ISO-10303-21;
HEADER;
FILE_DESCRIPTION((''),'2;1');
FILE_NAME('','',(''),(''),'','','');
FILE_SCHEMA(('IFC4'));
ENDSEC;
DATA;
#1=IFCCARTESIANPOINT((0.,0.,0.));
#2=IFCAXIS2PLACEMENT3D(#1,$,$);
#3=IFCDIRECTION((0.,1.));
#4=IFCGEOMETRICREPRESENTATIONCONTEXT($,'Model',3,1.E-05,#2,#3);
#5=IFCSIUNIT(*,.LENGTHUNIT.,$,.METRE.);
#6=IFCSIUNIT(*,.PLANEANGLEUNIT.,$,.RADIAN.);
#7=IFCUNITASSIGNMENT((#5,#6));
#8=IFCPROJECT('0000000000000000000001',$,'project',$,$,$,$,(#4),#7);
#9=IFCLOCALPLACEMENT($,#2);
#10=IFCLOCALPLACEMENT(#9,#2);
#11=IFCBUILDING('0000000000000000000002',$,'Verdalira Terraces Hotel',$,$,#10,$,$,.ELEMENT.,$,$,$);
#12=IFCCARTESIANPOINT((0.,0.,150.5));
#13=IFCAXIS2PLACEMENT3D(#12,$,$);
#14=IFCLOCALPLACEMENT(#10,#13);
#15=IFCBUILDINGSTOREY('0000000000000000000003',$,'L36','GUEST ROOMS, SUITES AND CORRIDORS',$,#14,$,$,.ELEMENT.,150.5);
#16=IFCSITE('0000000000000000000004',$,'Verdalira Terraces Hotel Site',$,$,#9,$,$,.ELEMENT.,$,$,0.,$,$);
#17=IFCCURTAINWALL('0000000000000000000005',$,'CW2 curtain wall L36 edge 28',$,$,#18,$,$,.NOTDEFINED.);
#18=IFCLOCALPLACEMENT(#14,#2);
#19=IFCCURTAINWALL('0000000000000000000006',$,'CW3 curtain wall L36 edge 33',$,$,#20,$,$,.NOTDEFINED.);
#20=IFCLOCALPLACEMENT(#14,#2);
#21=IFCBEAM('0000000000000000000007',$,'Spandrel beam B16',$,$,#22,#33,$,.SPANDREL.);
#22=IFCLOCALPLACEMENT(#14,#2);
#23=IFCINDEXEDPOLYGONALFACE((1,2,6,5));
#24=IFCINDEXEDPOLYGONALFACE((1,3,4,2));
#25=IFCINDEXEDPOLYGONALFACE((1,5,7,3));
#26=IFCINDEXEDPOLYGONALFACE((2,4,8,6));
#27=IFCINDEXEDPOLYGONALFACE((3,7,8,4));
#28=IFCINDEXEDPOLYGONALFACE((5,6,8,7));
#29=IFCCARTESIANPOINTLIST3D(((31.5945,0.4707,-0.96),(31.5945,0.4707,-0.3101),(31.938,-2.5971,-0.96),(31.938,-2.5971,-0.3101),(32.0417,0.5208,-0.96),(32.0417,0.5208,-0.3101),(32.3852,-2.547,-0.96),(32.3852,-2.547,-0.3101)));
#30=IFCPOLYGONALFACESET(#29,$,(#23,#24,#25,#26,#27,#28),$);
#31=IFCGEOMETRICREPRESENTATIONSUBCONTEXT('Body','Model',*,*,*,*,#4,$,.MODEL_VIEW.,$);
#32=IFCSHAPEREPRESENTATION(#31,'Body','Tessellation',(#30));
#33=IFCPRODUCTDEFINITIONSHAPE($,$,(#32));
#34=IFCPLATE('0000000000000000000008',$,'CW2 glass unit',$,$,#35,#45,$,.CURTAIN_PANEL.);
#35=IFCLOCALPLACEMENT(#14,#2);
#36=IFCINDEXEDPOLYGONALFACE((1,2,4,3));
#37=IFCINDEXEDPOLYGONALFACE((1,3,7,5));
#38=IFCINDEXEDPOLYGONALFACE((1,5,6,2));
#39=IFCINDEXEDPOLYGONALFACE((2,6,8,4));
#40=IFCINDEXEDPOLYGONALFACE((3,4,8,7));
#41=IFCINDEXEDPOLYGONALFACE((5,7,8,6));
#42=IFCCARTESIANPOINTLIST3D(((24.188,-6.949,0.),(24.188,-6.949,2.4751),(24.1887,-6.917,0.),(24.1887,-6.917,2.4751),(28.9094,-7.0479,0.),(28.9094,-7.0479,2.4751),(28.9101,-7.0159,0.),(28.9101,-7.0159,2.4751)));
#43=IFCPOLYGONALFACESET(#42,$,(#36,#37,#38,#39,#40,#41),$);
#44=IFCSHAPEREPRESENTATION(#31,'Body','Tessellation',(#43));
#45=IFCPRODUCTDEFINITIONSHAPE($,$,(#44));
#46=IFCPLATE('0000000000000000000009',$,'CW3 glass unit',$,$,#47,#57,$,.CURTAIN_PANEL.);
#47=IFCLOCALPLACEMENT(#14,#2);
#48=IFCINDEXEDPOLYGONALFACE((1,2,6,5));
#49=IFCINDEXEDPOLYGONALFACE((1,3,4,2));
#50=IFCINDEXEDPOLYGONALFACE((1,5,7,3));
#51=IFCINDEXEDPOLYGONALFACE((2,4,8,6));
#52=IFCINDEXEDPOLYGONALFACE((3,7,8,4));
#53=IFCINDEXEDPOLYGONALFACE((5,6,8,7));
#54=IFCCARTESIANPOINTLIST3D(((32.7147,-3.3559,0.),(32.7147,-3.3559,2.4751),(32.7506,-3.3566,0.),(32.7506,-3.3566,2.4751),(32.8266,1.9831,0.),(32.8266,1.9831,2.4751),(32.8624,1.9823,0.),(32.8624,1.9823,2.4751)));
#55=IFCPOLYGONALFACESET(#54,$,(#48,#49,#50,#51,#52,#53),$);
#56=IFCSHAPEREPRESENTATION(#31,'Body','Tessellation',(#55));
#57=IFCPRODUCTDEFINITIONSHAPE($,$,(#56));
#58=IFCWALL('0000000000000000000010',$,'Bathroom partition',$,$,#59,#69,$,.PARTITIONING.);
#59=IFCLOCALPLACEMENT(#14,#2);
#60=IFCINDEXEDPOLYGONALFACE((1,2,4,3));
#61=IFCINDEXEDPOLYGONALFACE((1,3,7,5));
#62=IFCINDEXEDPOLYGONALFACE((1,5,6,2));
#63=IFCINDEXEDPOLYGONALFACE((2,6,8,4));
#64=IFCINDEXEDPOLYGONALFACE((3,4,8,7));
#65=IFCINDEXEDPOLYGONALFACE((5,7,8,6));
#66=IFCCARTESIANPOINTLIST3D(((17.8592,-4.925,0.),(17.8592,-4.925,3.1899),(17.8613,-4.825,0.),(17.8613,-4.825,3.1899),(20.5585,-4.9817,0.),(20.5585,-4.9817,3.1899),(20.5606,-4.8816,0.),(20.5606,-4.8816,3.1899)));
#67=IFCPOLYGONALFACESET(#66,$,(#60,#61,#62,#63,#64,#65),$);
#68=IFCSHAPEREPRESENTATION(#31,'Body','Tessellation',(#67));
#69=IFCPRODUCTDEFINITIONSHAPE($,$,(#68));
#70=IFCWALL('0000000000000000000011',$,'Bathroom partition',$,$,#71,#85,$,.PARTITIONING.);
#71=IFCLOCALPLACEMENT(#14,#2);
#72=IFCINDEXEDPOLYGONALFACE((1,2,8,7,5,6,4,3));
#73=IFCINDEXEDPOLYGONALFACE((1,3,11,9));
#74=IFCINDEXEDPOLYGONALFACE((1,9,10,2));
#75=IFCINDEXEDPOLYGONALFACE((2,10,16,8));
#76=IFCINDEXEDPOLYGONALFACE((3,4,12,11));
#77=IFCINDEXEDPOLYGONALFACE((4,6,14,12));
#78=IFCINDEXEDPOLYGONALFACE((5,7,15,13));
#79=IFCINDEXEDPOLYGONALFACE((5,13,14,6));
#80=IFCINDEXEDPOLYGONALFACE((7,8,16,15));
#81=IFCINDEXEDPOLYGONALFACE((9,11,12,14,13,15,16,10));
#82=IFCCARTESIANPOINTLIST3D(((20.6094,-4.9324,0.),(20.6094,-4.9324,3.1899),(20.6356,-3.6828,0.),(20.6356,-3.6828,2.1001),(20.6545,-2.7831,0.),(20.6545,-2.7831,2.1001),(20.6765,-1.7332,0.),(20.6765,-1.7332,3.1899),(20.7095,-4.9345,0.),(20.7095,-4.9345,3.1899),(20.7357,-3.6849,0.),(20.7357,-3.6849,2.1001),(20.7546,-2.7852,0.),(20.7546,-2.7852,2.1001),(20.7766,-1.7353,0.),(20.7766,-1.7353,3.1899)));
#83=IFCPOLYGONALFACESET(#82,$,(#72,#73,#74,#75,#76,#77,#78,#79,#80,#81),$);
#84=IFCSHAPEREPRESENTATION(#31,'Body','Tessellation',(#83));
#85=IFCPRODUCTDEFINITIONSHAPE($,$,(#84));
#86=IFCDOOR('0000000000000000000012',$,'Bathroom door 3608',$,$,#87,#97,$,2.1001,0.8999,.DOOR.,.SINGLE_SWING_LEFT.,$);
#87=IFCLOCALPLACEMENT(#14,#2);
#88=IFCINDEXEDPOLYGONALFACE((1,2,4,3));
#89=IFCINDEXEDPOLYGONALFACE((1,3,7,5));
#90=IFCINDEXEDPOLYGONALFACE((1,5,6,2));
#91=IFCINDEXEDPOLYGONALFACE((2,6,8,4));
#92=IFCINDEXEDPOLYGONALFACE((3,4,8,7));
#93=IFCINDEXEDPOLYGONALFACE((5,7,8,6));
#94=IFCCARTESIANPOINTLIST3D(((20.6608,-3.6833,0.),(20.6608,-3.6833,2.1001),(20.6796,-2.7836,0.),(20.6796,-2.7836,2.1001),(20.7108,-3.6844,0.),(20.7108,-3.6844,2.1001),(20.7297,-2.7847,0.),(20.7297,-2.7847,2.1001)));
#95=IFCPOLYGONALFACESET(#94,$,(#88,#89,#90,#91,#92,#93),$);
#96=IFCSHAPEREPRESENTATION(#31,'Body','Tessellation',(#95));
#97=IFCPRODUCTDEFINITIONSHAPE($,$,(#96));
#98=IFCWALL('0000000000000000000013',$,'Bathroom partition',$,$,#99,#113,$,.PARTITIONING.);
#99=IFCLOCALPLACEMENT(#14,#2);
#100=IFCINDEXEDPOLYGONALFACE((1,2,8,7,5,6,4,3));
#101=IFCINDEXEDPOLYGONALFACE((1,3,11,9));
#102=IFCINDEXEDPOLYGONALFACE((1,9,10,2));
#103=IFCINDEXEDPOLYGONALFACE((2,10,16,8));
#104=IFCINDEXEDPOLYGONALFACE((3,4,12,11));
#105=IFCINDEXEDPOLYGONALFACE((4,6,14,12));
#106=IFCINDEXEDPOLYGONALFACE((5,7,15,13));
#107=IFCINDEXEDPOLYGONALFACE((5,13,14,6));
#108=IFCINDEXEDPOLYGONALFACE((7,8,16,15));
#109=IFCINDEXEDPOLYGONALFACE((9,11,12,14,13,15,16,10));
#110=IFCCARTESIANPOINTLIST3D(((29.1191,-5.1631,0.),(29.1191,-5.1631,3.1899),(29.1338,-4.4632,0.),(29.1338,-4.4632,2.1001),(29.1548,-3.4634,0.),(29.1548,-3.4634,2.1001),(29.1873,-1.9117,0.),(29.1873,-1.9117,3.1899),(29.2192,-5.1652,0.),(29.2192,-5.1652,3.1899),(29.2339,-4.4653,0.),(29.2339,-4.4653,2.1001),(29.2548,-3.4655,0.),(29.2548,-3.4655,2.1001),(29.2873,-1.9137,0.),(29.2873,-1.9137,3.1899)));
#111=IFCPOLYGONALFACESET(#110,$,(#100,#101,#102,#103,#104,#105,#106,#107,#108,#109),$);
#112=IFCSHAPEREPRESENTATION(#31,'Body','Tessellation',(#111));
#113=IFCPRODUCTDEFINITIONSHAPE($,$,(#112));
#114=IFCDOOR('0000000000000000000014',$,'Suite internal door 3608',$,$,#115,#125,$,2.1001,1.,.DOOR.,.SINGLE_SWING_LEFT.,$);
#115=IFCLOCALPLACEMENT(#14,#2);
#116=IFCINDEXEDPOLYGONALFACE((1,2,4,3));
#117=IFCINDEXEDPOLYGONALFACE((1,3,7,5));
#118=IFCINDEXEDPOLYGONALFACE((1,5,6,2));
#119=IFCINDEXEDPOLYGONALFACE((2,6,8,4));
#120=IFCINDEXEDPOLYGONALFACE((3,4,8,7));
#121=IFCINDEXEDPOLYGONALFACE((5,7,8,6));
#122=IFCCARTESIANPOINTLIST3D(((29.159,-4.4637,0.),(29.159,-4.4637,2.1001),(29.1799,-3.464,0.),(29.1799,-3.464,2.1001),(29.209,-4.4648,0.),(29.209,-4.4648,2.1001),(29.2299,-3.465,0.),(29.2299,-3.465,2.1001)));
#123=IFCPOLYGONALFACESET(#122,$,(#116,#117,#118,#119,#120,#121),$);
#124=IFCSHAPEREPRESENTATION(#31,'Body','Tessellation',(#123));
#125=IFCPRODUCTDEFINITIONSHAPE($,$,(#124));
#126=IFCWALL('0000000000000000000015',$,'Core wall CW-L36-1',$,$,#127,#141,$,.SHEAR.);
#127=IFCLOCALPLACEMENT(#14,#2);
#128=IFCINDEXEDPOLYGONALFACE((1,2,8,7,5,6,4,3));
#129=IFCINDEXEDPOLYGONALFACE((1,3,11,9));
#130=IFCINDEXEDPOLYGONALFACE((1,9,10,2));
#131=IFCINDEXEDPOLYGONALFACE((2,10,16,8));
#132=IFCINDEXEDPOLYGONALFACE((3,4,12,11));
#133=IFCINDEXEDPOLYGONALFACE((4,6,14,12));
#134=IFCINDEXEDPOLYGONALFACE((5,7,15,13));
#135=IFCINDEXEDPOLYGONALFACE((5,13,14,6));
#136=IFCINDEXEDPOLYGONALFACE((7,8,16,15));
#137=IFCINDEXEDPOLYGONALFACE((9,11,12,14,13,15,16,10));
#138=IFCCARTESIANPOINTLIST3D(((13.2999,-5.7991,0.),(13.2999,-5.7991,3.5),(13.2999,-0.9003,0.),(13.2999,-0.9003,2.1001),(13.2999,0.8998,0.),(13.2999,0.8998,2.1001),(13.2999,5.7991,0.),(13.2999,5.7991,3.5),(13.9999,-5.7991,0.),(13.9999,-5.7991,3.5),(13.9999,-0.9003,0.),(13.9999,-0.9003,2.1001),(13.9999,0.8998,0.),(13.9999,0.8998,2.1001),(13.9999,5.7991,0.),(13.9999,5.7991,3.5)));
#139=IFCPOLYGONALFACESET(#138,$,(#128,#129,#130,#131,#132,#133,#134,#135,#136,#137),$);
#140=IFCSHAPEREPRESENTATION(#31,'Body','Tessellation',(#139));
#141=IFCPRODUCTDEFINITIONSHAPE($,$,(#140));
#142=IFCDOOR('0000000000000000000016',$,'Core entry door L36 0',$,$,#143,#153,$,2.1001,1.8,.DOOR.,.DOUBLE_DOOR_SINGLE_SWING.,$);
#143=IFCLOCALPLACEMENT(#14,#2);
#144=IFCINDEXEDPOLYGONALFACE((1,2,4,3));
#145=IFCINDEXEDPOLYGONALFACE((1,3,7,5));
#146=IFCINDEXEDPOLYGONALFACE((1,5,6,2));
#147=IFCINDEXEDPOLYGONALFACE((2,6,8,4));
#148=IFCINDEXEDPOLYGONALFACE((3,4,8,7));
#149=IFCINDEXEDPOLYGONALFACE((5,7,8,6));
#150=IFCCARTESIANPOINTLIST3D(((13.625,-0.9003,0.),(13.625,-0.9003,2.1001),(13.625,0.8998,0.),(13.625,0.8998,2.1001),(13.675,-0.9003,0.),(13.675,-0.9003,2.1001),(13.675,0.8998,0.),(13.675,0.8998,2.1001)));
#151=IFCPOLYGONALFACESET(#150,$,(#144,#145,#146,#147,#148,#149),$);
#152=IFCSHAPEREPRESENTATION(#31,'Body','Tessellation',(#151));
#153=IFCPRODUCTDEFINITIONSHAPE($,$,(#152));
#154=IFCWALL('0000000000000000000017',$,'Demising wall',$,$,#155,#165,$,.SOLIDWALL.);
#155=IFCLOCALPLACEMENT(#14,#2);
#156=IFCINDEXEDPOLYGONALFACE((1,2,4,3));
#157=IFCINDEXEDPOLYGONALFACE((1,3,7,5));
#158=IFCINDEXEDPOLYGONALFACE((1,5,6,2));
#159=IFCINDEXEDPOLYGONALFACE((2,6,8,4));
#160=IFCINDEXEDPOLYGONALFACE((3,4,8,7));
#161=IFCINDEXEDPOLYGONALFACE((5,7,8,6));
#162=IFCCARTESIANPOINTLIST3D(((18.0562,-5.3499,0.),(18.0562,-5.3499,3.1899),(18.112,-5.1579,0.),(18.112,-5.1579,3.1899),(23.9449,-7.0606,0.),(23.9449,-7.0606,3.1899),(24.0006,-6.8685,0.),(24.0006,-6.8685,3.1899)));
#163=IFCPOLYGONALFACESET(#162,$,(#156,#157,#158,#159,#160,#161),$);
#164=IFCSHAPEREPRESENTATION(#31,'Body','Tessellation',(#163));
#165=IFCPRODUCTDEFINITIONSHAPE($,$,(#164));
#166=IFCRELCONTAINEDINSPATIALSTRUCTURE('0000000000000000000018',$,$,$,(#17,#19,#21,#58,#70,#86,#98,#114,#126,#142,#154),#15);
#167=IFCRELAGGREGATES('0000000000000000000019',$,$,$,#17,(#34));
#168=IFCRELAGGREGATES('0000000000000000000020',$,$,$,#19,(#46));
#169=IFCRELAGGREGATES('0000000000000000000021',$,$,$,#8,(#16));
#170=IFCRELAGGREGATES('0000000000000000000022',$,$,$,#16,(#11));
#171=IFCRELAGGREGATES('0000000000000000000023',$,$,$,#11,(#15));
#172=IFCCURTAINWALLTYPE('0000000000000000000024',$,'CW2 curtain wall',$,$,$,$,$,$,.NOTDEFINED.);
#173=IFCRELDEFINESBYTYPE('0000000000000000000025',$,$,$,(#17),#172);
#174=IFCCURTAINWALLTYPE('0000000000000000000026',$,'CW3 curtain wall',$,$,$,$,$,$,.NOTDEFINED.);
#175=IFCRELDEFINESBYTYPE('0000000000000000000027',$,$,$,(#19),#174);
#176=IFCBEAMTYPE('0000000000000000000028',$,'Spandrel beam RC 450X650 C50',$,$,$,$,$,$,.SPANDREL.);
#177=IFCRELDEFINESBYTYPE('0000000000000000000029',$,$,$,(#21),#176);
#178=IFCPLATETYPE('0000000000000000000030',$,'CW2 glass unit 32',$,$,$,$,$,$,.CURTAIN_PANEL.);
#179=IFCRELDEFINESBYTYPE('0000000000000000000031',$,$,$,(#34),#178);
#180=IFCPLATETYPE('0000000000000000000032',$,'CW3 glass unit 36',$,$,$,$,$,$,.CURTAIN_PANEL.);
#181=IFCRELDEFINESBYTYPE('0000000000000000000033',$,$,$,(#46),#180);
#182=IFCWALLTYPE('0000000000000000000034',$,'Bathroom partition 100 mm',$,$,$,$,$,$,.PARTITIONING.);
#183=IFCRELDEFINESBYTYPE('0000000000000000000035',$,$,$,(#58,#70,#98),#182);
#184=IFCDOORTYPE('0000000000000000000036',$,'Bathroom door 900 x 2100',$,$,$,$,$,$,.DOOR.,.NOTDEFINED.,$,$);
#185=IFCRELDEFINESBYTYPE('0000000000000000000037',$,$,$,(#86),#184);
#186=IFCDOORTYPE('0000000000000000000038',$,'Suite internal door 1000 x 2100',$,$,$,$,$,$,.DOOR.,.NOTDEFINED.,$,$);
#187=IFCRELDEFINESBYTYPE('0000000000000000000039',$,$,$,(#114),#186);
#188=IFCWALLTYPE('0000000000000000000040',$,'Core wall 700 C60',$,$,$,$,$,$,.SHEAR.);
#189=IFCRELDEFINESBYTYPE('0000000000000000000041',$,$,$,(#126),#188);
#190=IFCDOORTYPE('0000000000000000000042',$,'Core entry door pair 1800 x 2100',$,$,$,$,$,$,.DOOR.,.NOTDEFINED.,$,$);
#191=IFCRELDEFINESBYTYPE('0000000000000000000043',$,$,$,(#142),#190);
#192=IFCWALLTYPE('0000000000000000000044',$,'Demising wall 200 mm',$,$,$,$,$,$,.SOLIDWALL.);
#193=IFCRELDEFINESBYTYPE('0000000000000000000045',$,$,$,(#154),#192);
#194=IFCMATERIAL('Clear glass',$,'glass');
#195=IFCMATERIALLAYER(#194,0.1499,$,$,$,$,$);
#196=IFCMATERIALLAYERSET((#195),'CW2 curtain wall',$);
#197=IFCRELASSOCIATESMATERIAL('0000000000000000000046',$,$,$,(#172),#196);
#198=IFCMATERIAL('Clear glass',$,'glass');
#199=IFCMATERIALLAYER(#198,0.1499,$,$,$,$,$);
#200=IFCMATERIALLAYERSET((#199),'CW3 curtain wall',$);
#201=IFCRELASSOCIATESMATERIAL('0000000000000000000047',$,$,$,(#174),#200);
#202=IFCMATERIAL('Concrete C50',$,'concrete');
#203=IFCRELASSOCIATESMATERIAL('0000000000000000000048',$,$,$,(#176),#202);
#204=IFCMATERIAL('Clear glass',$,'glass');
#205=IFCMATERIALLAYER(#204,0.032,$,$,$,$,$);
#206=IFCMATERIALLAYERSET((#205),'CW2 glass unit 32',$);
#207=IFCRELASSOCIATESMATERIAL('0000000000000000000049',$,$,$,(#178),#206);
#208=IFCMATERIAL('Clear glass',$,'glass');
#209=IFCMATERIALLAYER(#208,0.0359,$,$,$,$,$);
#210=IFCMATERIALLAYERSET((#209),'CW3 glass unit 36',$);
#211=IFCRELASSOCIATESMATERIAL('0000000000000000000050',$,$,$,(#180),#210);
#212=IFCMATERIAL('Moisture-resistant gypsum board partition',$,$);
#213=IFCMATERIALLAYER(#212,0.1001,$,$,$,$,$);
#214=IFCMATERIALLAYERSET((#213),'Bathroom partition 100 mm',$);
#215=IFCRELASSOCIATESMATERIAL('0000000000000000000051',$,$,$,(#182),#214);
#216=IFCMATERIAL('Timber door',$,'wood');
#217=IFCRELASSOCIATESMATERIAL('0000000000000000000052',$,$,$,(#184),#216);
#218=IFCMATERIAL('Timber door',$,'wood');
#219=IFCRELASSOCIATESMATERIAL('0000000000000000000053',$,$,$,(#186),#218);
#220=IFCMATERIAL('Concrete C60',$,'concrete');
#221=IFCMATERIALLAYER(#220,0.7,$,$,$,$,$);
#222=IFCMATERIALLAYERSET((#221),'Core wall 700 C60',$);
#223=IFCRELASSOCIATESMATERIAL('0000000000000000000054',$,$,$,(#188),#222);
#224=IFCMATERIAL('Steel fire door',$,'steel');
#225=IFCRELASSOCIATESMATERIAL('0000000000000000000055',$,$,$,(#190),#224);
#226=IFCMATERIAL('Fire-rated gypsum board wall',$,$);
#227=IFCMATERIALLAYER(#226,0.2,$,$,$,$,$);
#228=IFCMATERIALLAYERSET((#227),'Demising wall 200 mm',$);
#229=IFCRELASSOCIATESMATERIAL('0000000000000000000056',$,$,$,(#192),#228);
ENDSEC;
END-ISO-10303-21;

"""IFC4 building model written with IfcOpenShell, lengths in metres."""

from ifc_helpers import new_model, si_unit, direction, frame, frame_2d, origin, origin_2d, place, context, subcontext, project, spatial, rectangle, extrude, material, layer, layer_set, material_profile, profile_set, type_object, element, fill, aggregate, save


model = new_model("IFC4")

# Units and contexts
model_context = context("Model", 3, precision=1e-05, world=origin(), true_north=direction((0.0, 1.0)))
body_context = subcontext(model_context, "Body", "Model", "MODEL_VIEW")
ifc_project = project(units=[si_unit("LENGTHUNIT", "METRE"), si_unit("PLANEANGLEUNIT", "RADIAN")], contexts=[model_context])

# Site, building, storey
site_placement = place(None, origin())
site = spatial("IfcSite", under=ifc_project, at=site_placement, Name="Verdalira Terraces Hotel Site", CompositionType="ELEMENT", RefElevation=0.0)
building_placement = place(site_placement, origin())
building = spatial("IfcBuilding", under=site, at=building_placement, Name="Verdalira Terraces Hotel", CompositionType="ELEMENT")
storey_placement = place(building_placement, frame((0.0, 0.0, 150.5)))
storey = spatial("IfcBuildingStorey", under=building, at=storey_placement, Name="L36", Description="GUEST ROOMS, SUITES AND CORRIDORS", CompositionType="ELEMENT", Elevation=150.5)

# Curtain walls
ifc_material_1 = material(Name="Clear glass", Category="glass")
ifc_layer_1 = layer(ifc_material_1, 0.1499)
ifc_layer_set_1 = layer_set([ifc_layer_1], Name="CW2 curtain wall")
curtain_wall_type_1 = type_object("IfcCurtainWallType", Name="CW2 curtain wall", PredefinedType="NOTDEFINED", material=ifc_layer_set_1)
curtain_wall_1_placement = place(storey_placement, origin())
curtain_wall_1 = element("IfcCurtainWall", 1, at=curtain_wall_1_placement, inside=storey, type_object=curtain_wall_type_1, Name="CW2 curtain wall L36 edge 28", PredefinedType="NOTDEFINED")
ifc_material_2 = material(Name="Clear glass", Category="glass")
ifc_layer_2 = layer(ifc_material_2, 0.1499)
ifc_layer_set_2 = layer_set([ifc_layer_2], Name="CW3 curtain wall")
curtain_wall_type_2 = type_object("IfcCurtainWallType", Name="CW3 curtain wall", PredefinedType="NOTDEFINED", material=ifc_layer_set_2)
curtain_wall_2_placement = place(storey_placement, origin())
curtain_wall_2 = element("IfcCurtainWall", 2, at=curtain_wall_2_placement, inside=storey, type_object=curtain_wall_type_2, Name="CW3 curtain wall L36 edge 33", PredefinedType="NOTDEFINED")

# Beam
ifc_material_3 = material(Name="Concrete C50", Category="concrete")
ifc_material_profile_1 = material_profile(ifc_material_3, rectangle(XDim=0.45, YDim=0.6499, at=origin_2d()), Name="RC 450X650")
ifc_profile_set_1 = profile_set([ifc_material_profile_1], Name="Concrete C50")
beam_type_1 = type_object("IfcBeamType", Name="Spandrel beam RC 450X650 C50", PredefinedType="SPANDREL", material=ifc_profile_set_1)
beam_1_placement = place(storey_placement, frame((32.1616, -2.572, -0.635), z_axis=(-0.111282, 0.993789, 0.0), x_axis=(-0.993789, -0.111282, 0.0)))
element("IfcBeam", 3, at=beam_1_placement, inside=storey, type_object=beam_type_1, Name="Spandrel beam B16", PredefinedType="SPANDREL", context=body_context, shape_type="SweptSolid", body=[
    extrude(rectangle(XDim=0.45, YDim=0.6499, at=origin_2d()), origin(), (0.0, 0.0, 1.0), 3.0869),
])

# Plates
ifc_material_4 = material(Name="Clear glass", Category="glass")
ifc_layer_3 = layer(ifc_material_4, 0.032)
ifc_layer_set_3 = layer_set([ifc_layer_3], Name="CW2 glass unit 32")
plate_type_1 = type_object("IfcPlateType", Name="CW2 glass unit 32", PredefinedType="CURTAIN_PANEL", material=ifc_layer_set_3)
plate_1_placement = place(storey_placement, frame((26.5491, -6.9824, 0.0), z_axis=(0.0, 0.0, 1.0), x_axis=(0.999781, -0.020942, 0.0)))
plate_1 = element("IfcPlate", 4, at=plate_1_placement, type_object=plate_type_1, Name="CW2 glass unit", PredefinedType="CURTAIN_PANEL", context=body_context, shape_type="SweptSolid", body=[
    extrude(rectangle(XDim=4.7224, YDim=0.032, at=origin_2d()), origin(), (0.0, 0.0, 1.0), 2.4751),
])
aggregate(curtain_wall_1, [plate_1])
ifc_material_5 = material(Name="Clear glass", Category="glass")
ifc_layer_4 = layer(ifc_material_5, 0.0359)
ifc_layer_set_4 = layer_set([ifc_layer_4], Name="CW3 glass unit 36")
plate_type_2 = type_object("IfcPlateType", Name="CW3 glass unit 36", PredefinedType="CURTAIN_PANEL", material=ifc_layer_set_4)
plate_2_placement = place(storey_placement, frame((32.7886, -0.6868, 0.0), z_axis=(0.0, 0.0, 1.0), x_axis=(0.020942, 0.999781, 0.0)))
plate_2 = element("IfcPlate", 5, at=plate_2_placement, type_object=plate_type_2, Name="CW3 glass unit", PredefinedType="CURTAIN_PANEL", context=body_context, shape_type="SweptSolid", body=[
    extrude(rectangle(XDim=5.3401, YDim=0.0359, at=origin_2d()), origin(), (0.0, 0.0, 1.0), 2.4751),
])
aggregate(curtain_wall_2, [plate_2])

# Wall
ifc_material_6 = material(Name="Moisture-resistant gypsum board partition")
ifc_layer_5 = layer(ifc_material_6, 0.1001)
ifc_layer_set_5 = layer_set([ifc_layer_5], Name="Bathroom partition 100 mm")
wall_type_1 = type_object("IfcWallType", Name="Bathroom partition 100 mm", PredefinedType="PARTITIONING", material=ifc_layer_set_5)
wall_1_placement = place(storey_placement, frame((17.8601, -4.875, 0.0), z_axis=(0.0, 0.0, 1.0), x_axis=(0.99978, -0.020978, 0.0)))
element("IfcWall", 6, at=wall_1_placement, inside=storey, type_object=wall_type_1, Name="Bathroom partition", PredefinedType="PARTITIONING", context=body_context, shape_type="SweptSolid", body=[
    extrude(rectangle(XDim=2.7, YDim=0.1001, at=frame_2d((1.3501, 0.0))), origin(), (0.0, 0.0, 1.0), 3.1899),
])

# Walls, openings, doors
wall_2_placement = place(storey_placement, frame((20.6594, -4.9336, 0.0), z_axis=(0.0, 0.0, 1.0), x_axis=(0.020981, 0.99978, 0.0)))
wall_2 = element("IfcWall", 7, at=wall_2_placement, inside=storey, type_object=wall_type_1, Name="Bathroom partition", PredefinedType="PARTITIONING", context=body_context, shape_type="SweptSolid", body=[
    extrude(rectangle(XDim=3.2, YDim=0.1001, at=frame_2d((1.6001, 0.0))), origin(), (0.0, 0.0, 1.0), 3.1899),
])
opening_1_placement = place(wall_2_placement, frame((1.25, 0.0, 0.0)))
opening_1 = element("IfcOpeningElement", 8, at=opening_1_placement, cuts=wall_2, PredefinedType="OPENING", context=body_context, shape_type="SweptSolid", body=[
    extrude(rectangle(XDim=0.8999, YDim=2.1001, at=frame_2d((0.45, 1.05))), frame((0.0, 0.0601, 0.0), z_axis=(0.0, -1.0, 0.0), x_axis=(1.0, 0.0, 0.0)), (0.0, 0.0, 1.0), 0.1201),
])
ifc_material_7 = material(Name="Timber door", Category="wood")
door_type_1 = type_object("IfcDoorType", Name="Bathroom door 900 x 2100", OperationType="NOTDEFINED", PredefinedType="DOOR", material=ifc_material_7)
door_1_placement = place(opening_1_placement, origin())
door_1 = element("IfcDoor", 9, at=door_1_placement, inside=storey, type_object=door_type_1, Name="Bathroom door 3608", OperationType="SINGLE_SWING_LEFT", OverallHeight=2.1001, OverallWidth=0.8999, PredefinedType="DOOR", context=body_context, shape_type="SweptSolid", body=[
    extrude(rectangle(XDim=0.8999, YDim=2.1001, at=frame_2d((0.45, 1.05))), frame((0.0, 0.0249, 0.0), z_axis=(0.0, -1.0, 0.0), x_axis=(1.0, 0.0, 0.0)), (0.0, 0.0, 1.0), 0.05),
])
fill(opening_1, door_1)
wall_3_placement = place(storey_placement, frame((29.1692, -5.1641, 0.0), z_axis=(0.0, 0.0, 1.0), x_axis=(0.020944, 0.999781, 0.0)))
wall_3 = element("IfcWall", 10, at=wall_3_placement, inside=storey, type_object=wall_type_1, Name="Bathroom partition", PredefinedType="PARTITIONING", context=body_context, shape_type="SweptSolid", body=[
    extrude(rectangle(XDim=3.2522, YDim=0.1001, at=frame_2d((1.626, 0.0))), origin(), (0.0, 0.0, 1.0), 3.1899),
])
opening_2_placement = place(wall_3_placement, frame((0.7, 0.0, 0.0)))
opening_2 = element("IfcOpeningElement", 11, at=opening_2_placement, cuts=wall_3, PredefinedType="OPENING", context=body_context, shape_type="SweptSolid", body=[
    extrude(rectangle(XDim=1.0, YDim=2.1001, at=frame_2d((0.5, 1.05))), frame((0.0, 0.0601, 0.0), z_axis=(0.0, -1.0, 0.0), x_axis=(1.0, 0.0, 0.0)), (0.0, 0.0, 1.0), 0.1201),
])
ifc_material_8 = material(Name="Timber door", Category="wood")
door_type_2 = type_object("IfcDoorType", Name="Suite internal door 1000 x 2100", OperationType="NOTDEFINED", PredefinedType="DOOR", material=ifc_material_8)
door_2_placement = place(opening_2_placement, origin())
door_2 = element("IfcDoor", 12, at=door_2_placement, inside=storey, type_object=door_type_2, Name="Suite internal door 3608", OperationType="SINGLE_SWING_LEFT", OverallHeight=2.1001, OverallWidth=1.0, PredefinedType="DOOR", context=body_context, shape_type="SweptSolid", body=[
    extrude(rectangle(XDim=1.0, YDim=2.1001, at=frame_2d((0.5, 1.05))), frame((0.0, 0.0249, 0.0), z_axis=(0.0, -1.0, 0.0), x_axis=(1.0, 0.0, 0.0)), (0.0, 0.0, 1.0), 0.05),
])
fill(opening_2, door_2)
ifc_material_9 = material(Name="Concrete C60", Category="concrete")
ifc_layer_6 = layer(ifc_material_9, 0.7)
ifc_layer_set_6 = layer_set([ifc_layer_6], Name="Core wall 700 C60")
wall_type_2 = type_object("IfcWallType", Name="Core wall 700 C60", PredefinedType="SHEAR", material=ifc_layer_set_6)
wall_4_placement = place(storey_placement, frame((13.6499, -5.7991, 0.0), z_axis=(0.0, 0.0, 1.0), x_axis=(0.0, 1.0, 0.0)))
wall_4 = element("IfcWall", 13, at=wall_4_placement, inside=storey, type_object=wall_type_2, Name="Core wall CW-L36-1", PredefinedType="SHEAR", context=body_context, shape_type="SweptSolid", body=[
    extrude(rectangle(XDim=11.5981, YDim=0.7, at=frame_2d((5.7991, 0.0))), origin(), (0.0, 0.0, 1.0), 3.5),
])
opening_3_placement = place(wall_4_placement, frame((4.8989, 0.0, 0.0)))
opening_3 = element("IfcOpeningElement", 14, at=opening_3_placement, cuts=wall_4, PredefinedType="OPENING", context=body_context, shape_type="SweptSolid", body=[
    extrude(rectangle(XDim=1.8, YDim=2.1001, at=frame_2d((0.8999, 1.05))), frame((0.0, 0.3599, 0.0), z_axis=(0.0, -1.0, 0.0), x_axis=(1.0, 0.0, 0.0)), (0.0, 0.0, 1.0), 0.72),
])
ifc_material_10 = material(Name="Steel fire door", Category="steel")
door_type_3 = type_object("IfcDoorType", Name="Core entry door pair 1800 x 2100", OperationType="NOTDEFINED", PredefinedType="DOOR", material=ifc_material_10)
door_3_placement = place(opening_3_placement, origin())
door_3 = element("IfcDoor", 15, at=door_3_placement, inside=storey, type_object=door_type_3, Name="Core entry door L36 0", OperationType="DOUBLE_DOOR_SINGLE_SWING", OverallHeight=2.1001, OverallWidth=1.8, PredefinedType="DOOR", context=body_context, shape_type="SweptSolid", body=[
    extrude(rectangle(XDim=1.8, YDim=2.1001, at=frame_2d((0.8999, 1.05))), frame((0.0, 0.0249, 0.0), z_axis=(0.0, -1.0, 0.0), x_axis=(1.0, 0.0, 0.0)), (0.0, 0.0, 1.0), 0.05),
])
fill(opening_3, door_3)

# Wall
ifc_material_11 = material(Name="Fire-rated gypsum board wall")
ifc_layer_7 = layer(ifc_material_11, 0.2)
ifc_layer_set_7 = layer_set([ifc_layer_7], Name="Demising wall 200 mm")
wall_type_3 = type_object("IfcWallType", Name="Demising wall 200 mm", PredefinedType="SOLIDWALL", material=ifc_layer_set_7)
wall_5_placement = place(storey_placement, frame((18.0842, -5.2539, 0.0), z_axis=(0.0, 0.0, 1.0), x_axis=(0.960299, -0.278972, 0.0)))
element("IfcWall", 16, at=wall_5_placement, inside=storey, type_object=wall_type_3, Name="Demising wall", PredefinedType="SOLIDWALL", context=body_context, shape_type="SweptSolid", body=[
    extrude(rectangle(XDim=6.1321, YDim=0.2, at=frame_2d((3.0659, 0.0))), origin(), (0.0, 0.0, 1.0), 3.1899),
])

save(model, "model.ifc")
